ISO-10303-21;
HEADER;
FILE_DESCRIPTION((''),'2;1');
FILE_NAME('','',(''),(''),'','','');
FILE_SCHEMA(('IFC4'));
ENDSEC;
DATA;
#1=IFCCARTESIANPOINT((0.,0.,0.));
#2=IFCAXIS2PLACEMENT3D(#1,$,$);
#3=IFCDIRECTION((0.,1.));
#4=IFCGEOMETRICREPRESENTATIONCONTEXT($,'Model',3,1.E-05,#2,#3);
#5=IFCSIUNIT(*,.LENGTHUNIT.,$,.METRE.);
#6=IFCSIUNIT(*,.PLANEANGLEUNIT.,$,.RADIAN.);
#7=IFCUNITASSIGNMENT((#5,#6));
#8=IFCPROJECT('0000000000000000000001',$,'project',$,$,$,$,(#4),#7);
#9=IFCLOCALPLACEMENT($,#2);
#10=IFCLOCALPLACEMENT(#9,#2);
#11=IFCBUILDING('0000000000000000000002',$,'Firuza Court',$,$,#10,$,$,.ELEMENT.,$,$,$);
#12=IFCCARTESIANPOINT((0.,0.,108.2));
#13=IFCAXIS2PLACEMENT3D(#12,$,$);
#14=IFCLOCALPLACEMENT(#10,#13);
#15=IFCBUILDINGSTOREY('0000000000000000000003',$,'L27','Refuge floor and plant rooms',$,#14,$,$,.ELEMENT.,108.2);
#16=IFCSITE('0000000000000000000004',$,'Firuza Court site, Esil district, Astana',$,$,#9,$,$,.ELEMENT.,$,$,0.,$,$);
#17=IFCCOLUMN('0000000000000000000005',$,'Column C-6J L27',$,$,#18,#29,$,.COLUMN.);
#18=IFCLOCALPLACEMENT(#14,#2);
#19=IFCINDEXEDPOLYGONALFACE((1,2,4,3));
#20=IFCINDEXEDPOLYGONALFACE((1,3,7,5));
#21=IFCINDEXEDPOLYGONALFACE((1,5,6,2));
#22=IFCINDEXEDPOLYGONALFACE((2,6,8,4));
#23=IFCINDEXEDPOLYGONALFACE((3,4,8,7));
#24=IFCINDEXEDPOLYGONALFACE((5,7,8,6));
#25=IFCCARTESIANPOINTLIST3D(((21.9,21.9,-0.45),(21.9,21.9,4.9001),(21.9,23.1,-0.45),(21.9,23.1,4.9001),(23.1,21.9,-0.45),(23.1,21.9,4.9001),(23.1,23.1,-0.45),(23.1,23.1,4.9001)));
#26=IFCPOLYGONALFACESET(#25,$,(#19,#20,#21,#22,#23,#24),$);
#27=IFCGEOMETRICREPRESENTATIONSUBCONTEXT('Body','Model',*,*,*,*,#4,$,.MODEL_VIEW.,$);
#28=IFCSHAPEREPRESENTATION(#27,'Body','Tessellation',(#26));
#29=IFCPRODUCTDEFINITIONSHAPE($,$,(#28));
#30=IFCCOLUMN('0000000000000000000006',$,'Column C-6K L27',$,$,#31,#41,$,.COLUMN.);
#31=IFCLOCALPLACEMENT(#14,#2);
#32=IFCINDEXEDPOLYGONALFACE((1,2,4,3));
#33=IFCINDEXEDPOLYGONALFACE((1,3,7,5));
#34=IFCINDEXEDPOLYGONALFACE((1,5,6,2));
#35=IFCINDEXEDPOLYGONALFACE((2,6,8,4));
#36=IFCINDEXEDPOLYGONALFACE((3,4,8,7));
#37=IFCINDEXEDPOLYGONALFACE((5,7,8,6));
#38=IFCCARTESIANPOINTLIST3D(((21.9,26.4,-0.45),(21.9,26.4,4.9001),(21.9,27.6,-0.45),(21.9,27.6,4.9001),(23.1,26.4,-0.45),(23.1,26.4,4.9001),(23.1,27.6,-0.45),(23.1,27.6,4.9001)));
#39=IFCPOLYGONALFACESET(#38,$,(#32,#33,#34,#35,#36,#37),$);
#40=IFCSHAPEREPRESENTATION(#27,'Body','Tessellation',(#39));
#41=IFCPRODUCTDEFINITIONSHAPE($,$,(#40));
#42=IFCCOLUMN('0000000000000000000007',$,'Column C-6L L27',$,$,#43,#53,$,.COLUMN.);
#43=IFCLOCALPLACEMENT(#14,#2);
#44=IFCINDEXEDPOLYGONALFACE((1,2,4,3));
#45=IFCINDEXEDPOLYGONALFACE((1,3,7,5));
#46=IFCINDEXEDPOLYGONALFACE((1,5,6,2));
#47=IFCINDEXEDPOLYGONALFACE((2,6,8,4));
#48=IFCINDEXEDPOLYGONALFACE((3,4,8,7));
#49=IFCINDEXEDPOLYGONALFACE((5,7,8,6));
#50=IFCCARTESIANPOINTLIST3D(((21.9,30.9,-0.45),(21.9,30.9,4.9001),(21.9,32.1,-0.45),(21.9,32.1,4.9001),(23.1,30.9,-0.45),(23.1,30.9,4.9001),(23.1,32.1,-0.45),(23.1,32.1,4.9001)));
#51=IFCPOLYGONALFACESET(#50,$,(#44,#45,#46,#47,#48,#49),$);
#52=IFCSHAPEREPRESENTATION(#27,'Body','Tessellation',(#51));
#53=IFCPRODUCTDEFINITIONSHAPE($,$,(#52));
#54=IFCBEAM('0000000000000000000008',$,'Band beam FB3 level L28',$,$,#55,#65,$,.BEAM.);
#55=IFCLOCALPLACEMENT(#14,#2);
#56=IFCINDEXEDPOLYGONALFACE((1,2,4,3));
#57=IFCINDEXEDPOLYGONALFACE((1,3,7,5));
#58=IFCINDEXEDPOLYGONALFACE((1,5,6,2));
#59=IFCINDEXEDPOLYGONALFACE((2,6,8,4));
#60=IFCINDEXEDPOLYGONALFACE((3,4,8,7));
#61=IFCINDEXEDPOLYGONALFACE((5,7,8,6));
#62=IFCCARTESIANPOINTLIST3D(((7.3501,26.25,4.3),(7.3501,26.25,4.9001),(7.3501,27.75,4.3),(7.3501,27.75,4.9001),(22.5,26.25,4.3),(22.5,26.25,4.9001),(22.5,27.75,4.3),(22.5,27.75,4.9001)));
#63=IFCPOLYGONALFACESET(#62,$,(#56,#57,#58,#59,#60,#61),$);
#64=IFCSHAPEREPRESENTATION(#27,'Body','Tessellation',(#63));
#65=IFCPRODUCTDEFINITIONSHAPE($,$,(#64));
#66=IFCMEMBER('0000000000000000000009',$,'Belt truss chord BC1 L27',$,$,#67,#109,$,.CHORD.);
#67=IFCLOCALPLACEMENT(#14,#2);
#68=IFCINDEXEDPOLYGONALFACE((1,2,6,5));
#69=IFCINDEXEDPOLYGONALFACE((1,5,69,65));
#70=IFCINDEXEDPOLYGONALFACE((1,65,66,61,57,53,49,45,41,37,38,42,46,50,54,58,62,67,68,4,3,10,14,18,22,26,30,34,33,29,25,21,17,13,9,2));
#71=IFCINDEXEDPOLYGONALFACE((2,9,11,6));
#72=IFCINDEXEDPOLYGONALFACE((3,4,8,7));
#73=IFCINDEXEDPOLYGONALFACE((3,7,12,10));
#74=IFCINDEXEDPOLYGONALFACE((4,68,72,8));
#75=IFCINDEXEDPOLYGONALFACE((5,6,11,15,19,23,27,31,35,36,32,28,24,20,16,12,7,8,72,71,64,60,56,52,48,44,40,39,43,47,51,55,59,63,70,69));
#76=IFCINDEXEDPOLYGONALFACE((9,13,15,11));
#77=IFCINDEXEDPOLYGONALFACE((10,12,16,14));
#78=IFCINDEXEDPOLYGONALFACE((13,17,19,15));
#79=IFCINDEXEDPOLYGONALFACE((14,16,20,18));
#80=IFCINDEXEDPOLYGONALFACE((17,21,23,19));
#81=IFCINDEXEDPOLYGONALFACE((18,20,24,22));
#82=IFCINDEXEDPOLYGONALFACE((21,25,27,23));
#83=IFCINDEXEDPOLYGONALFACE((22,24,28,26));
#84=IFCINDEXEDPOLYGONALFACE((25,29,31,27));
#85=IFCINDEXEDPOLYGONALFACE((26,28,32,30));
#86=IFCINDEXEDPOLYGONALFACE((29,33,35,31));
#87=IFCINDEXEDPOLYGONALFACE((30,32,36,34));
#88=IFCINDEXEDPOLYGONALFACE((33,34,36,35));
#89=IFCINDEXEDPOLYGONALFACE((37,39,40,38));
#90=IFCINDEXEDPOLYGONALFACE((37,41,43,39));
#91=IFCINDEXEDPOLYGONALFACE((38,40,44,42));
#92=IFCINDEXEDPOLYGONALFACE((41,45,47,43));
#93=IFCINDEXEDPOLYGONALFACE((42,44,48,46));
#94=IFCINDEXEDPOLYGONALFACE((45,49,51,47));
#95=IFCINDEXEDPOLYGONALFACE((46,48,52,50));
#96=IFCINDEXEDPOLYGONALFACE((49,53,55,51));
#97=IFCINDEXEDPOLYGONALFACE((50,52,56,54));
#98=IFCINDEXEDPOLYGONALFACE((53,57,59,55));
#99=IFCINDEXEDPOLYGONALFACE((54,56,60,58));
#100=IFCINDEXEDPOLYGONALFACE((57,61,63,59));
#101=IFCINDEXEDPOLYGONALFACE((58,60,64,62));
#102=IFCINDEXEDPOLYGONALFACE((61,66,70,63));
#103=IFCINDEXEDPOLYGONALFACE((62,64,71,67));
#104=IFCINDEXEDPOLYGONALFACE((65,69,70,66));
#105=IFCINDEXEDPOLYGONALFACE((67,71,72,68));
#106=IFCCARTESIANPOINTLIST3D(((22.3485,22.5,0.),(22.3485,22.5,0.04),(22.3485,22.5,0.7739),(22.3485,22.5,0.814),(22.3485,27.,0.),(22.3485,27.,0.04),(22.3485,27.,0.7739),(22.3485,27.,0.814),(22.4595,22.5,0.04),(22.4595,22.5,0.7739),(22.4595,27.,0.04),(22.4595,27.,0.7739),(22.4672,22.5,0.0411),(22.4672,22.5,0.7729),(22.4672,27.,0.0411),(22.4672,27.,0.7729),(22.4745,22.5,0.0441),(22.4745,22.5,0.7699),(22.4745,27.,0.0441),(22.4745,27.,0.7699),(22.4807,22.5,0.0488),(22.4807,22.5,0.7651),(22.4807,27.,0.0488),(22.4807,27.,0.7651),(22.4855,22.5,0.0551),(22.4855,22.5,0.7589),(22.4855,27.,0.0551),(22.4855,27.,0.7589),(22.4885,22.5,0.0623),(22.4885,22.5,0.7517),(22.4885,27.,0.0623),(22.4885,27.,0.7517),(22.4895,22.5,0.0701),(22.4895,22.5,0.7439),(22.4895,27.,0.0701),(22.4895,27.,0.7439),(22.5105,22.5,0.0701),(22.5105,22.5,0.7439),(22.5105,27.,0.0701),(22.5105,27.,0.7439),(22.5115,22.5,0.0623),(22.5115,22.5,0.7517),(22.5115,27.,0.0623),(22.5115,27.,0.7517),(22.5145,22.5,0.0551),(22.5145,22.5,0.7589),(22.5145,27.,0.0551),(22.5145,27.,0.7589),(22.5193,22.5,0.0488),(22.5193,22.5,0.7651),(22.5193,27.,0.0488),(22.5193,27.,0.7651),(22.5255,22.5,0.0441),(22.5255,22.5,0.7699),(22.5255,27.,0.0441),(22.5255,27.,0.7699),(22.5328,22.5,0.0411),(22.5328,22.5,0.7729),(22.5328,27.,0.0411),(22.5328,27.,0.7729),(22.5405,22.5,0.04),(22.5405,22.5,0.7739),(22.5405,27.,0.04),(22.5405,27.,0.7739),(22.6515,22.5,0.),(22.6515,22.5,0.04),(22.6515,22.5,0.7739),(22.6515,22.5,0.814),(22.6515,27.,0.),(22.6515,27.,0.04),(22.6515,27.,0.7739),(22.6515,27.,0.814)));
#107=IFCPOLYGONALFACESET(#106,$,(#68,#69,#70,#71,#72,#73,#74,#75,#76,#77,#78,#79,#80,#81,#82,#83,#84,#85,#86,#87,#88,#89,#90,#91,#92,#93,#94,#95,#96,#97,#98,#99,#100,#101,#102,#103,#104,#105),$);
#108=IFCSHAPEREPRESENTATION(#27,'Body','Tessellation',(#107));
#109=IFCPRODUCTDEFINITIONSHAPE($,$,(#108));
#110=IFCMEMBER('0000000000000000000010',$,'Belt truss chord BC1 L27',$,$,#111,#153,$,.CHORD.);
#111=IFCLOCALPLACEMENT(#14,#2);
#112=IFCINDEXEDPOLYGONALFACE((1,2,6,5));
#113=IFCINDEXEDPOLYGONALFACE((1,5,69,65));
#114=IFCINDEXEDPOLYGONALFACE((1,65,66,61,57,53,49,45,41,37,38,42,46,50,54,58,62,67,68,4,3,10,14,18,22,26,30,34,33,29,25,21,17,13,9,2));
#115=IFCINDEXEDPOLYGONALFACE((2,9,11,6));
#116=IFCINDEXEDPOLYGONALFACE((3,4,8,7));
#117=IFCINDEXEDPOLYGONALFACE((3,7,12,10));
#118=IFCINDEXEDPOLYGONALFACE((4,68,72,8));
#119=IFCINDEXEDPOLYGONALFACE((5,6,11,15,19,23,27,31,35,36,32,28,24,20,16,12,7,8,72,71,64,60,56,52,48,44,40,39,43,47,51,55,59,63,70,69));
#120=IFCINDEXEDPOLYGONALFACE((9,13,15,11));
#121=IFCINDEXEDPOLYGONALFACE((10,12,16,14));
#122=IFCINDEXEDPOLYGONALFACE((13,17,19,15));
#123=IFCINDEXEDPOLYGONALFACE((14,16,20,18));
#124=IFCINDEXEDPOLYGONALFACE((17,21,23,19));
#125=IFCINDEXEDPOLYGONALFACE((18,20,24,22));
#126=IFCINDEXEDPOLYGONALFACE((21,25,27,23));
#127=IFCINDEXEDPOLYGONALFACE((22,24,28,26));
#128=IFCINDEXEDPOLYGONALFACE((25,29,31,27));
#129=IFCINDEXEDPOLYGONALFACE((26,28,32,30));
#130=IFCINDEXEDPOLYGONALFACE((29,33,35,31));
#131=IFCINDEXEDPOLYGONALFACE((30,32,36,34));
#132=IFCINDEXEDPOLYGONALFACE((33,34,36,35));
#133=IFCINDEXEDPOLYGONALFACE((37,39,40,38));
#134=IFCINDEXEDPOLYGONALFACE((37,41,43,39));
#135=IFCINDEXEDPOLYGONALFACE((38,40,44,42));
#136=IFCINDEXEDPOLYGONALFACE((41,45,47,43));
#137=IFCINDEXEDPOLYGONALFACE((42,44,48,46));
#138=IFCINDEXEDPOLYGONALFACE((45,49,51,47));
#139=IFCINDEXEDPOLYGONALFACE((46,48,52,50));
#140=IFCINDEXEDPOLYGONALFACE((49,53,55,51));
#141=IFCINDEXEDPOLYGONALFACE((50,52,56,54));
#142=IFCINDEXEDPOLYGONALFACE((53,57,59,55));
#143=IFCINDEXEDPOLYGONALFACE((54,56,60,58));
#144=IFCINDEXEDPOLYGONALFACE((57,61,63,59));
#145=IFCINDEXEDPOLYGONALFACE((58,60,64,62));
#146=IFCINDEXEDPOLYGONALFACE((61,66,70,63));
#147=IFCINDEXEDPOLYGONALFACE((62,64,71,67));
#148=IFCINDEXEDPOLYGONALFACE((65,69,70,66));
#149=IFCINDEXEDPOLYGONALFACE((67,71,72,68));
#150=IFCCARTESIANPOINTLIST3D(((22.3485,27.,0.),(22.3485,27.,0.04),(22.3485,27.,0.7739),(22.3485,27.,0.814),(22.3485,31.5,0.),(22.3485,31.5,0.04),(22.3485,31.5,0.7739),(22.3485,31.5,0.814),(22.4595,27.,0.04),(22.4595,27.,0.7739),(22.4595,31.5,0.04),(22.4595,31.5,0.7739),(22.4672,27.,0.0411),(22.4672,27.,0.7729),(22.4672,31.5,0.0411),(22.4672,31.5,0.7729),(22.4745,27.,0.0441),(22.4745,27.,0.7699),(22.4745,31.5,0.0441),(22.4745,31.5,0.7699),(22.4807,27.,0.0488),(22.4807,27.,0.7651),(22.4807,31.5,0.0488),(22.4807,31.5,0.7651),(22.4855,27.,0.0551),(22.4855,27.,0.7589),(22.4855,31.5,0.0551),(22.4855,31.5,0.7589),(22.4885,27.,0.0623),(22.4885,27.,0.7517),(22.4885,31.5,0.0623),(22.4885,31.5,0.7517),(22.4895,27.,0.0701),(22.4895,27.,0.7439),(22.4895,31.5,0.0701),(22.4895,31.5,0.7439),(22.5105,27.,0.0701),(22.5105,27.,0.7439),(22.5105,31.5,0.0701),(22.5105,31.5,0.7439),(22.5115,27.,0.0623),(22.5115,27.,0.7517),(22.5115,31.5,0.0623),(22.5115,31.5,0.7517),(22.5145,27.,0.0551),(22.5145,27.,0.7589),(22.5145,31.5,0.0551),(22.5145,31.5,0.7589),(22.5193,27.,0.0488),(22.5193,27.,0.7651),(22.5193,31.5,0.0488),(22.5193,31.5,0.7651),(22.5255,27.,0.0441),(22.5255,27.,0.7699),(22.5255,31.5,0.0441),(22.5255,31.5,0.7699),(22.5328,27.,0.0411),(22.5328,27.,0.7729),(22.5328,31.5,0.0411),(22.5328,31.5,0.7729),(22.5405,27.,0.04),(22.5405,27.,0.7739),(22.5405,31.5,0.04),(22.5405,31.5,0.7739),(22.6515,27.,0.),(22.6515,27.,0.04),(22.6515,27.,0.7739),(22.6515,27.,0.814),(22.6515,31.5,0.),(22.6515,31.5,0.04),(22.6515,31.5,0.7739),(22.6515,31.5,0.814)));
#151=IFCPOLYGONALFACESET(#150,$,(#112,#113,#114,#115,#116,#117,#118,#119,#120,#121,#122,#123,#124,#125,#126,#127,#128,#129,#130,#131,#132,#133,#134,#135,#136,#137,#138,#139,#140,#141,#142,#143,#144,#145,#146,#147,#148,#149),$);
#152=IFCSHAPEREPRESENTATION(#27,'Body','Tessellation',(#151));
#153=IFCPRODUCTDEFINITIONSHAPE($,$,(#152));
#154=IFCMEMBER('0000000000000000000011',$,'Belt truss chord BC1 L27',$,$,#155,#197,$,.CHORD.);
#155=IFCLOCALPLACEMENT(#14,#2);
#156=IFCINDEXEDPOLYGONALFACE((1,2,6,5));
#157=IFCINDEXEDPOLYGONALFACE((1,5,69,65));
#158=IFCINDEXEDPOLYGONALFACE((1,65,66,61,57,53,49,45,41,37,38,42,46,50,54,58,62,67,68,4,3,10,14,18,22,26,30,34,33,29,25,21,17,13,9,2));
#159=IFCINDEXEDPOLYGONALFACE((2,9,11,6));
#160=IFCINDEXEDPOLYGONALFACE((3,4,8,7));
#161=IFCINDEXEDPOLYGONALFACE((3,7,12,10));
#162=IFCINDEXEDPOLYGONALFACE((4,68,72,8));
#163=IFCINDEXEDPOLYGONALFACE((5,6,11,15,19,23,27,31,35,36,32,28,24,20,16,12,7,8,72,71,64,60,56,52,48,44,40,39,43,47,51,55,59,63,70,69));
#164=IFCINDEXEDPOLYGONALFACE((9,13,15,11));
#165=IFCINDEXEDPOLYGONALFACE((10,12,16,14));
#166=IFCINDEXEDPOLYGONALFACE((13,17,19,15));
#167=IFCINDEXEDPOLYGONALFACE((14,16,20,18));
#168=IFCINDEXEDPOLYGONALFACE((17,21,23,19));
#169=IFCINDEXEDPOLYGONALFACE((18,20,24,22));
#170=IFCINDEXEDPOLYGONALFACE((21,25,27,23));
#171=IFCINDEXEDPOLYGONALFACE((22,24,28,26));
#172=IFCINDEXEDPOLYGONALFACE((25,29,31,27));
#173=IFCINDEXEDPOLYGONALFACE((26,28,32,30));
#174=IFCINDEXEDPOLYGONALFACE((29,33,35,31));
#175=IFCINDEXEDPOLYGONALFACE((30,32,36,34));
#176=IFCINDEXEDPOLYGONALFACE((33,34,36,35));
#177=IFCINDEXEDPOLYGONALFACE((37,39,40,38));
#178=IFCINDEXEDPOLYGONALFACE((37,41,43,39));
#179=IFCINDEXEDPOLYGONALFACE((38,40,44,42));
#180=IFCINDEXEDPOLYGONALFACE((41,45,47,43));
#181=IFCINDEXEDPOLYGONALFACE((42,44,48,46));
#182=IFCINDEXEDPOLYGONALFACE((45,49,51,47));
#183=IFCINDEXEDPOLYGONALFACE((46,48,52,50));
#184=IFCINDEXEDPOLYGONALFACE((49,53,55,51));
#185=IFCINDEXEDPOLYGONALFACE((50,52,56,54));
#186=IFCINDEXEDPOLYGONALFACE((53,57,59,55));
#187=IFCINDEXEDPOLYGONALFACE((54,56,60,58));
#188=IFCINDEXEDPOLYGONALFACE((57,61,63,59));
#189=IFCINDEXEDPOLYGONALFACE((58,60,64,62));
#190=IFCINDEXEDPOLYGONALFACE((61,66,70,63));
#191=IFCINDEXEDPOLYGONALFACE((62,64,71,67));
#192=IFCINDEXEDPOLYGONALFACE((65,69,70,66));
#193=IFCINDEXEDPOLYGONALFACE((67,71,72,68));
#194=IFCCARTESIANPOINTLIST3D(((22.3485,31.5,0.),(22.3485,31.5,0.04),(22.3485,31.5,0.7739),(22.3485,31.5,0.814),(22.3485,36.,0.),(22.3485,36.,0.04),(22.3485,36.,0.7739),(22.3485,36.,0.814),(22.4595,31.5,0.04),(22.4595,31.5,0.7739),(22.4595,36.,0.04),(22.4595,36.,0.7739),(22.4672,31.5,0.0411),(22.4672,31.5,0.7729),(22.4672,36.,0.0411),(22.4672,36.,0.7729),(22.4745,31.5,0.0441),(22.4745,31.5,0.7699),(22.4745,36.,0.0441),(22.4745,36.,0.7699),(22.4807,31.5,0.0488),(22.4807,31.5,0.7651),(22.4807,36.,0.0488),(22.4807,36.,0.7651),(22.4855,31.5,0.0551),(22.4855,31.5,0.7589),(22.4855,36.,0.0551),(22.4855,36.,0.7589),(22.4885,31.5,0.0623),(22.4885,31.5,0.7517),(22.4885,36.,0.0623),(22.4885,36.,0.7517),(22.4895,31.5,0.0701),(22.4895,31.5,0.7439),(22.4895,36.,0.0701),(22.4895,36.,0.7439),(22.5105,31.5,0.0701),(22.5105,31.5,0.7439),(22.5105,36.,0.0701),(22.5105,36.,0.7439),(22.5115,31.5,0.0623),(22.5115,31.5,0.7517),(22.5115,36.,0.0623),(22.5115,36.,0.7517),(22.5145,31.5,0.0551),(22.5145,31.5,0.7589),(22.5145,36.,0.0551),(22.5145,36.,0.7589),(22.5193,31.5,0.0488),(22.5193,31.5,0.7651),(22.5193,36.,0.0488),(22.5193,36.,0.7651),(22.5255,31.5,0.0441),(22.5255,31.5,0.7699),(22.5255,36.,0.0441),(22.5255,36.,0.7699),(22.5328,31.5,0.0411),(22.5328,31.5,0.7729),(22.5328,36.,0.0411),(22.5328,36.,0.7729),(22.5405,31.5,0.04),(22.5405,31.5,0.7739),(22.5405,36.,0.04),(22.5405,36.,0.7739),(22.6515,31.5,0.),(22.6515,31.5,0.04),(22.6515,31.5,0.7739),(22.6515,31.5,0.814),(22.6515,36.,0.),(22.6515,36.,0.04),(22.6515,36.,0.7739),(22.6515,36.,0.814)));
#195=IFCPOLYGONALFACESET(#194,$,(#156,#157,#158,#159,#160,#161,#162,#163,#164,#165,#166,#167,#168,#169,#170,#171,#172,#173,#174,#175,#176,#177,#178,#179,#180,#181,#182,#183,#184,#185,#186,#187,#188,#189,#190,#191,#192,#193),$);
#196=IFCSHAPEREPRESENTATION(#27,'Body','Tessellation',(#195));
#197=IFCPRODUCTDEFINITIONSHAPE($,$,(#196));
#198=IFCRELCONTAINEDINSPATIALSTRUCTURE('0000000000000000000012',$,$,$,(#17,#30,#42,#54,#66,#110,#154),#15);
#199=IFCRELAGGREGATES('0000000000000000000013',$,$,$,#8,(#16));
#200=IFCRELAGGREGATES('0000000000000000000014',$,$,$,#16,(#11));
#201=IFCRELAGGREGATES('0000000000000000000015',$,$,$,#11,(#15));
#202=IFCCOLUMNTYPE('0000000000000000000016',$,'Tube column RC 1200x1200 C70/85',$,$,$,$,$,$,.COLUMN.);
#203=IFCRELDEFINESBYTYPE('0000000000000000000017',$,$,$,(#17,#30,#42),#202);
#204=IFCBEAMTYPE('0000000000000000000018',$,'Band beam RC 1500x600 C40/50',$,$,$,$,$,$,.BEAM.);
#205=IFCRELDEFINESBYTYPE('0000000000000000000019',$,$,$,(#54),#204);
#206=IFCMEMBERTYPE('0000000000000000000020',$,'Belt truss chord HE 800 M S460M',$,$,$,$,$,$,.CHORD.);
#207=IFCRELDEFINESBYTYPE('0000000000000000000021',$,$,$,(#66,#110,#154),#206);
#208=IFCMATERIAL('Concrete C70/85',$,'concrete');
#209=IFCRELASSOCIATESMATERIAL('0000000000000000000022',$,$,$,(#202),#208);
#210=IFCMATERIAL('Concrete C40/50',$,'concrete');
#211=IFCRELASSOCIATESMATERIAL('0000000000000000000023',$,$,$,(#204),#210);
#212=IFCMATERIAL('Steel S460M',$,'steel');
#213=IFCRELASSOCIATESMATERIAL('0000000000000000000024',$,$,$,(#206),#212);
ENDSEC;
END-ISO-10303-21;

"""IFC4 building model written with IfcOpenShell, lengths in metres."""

from ifc_helpers import new_model, si_unit, direction, frame, origin, origin_2d, place, context, subcontext, project, spatial, rectangle, i_section, extrude, material, material_profile, profile_set, type_object, element, save


model = new_model("IFC4")

# Units and contexts
model_context = context("Model", 3, precision=1e-05, world=origin(), true_north=direction((0.0, 1.0)))
body_context = subcontext(model_context, "Body", "Model", "MODEL_VIEW")
ifc_project = project(units=[si_unit("LENGTHUNIT", "METRE"), si_unit("PLANEANGLEUNIT", "RADIAN")], contexts=[model_context])

# Site, building, storey
site_placement = place(None, origin())
site = spatial("IfcSite", under=ifc_project, at=site_placement, Name="Firuza Court site, Esil district, Astana", CompositionType="ELEMENT", RefElevation=0.0)
building_placement = place(site_placement, origin())
building = spatial("IfcBuilding", under=site, at=building_placement, Name="Firuza Court", CompositionType="ELEMENT")
storey_placement = place(building_placement, frame((0.0, 0.0, 108.2)))
storey = spatial("IfcBuildingStorey", under=building, at=storey_placement, Name="L27", Description="Refuge floor and plant rooms", CompositionType="ELEMENT", Elevation=108.2)

# Columns
ifc_material_1 = material(Name="Concrete C70/85", Category="concrete")
ifc_material_profile_1 = material_profile(ifc_material_1, rectangle(XDim=1.2, YDim=1.2, at=origin_2d()), Name="RC 1200x1200")
ifc_profile_set_1 = profile_set([ifc_material_profile_1], Name="Concrete C70/85")
column_type = type_object("IfcColumnType", Name="Tube column RC 1200x1200 C70/85", PredefinedType="COLUMN", material=ifc_profile_set_1)
for number, where, z_axis, x_axis, name in (
    (1, (22.5, 22.5, -0.45), (0.0, 0.0, 1.0), (1.0, 0.0, 0.0), "Column C-6J L27"),
    (2, (22.5, 27.0, -0.45), (0.0, 0.0, 1.0), (1.0, 0.0, 0.0), "Column C-6K L27"),
    (3, (22.5, 31.5, -0.45), (0.0, 0.0, 1.0), (1.0, 0.0, 0.0), "Column C-6L L27"),
):
    element("IfcColumn", number, at=place(storey_placement, frame(where, z_axis=z_axis, x_axis=x_axis)), inside=storey, type_object=column_type, Name=name, PredefinedType="COLUMN", context=body_context, shape_type="SweptSolid", body=[
        extrude(rectangle(XDim=1.2, YDim=1.2, at=origin_2d()), origin(), (0.0, 0.0, 1.0), 5.3501),
    ])

# Beam
ifc_material_2 = material(Name="Concrete C40/50", Category="concrete")
ifc_material_profile_2 = material_profile(ifc_material_2, rectangle(XDim=1.5, YDim=0.6001, at=origin_2d()), Name="RC 1500x600")
ifc_profile_set_2 = profile_set([ifc_material_profile_2], Name="Concrete C40/50")
beam_type_1 = type_object("IfcBeamType", Name="Band beam RC 1500x600 C40/50", PredefinedType="BEAM", material=ifc_profile_set_2)
beam_placement = place(storey_placement, frame((22.5, 27.0, 4.6001), z_axis=(-1.0, 0.0, 0.0), x_axis=(0.0, -1.0, 0.0)))
element("IfcBeam", 4, at=beam_placement, inside=storey, type_object=beam_type_1, Name="Band beam FB3 level L28", PredefinedType="BEAM", context=body_context, shape_type="SweptSolid", body=[
    extrude(rectangle(XDim=1.5, YDim=0.6001, at=origin_2d()), origin(), (0.0, 0.0, 1.0), 15.1499),
])

# Members
ifc_material_3 = material(Name="Steel S460M", Category="steel")
ifc_material_profile_3 = material_profile(ifc_material_3, i_section(OverallWidth=0.303, OverallDepth=0.814, WebThickness=0.021, FlangeThickness=0.04, FilletRadius=0.03, at=origin_2d()), Name="HE 800 M")
ifc_profile_set_3 = profile_set([ifc_material_profile_3], Name="Steel S460M")
member_type_1 = type_object("IfcMemberType", Name="Belt truss chord HE 800 M S460M", PredefinedType="CHORD", material=ifc_profile_set_3)
for number, where, z_axis, x_axis, name in (
    (5, (22.5, 22.5, 0.407), (0.0, 1.0, 0.0), (-1.0, 0.0, 0.0), "Belt truss chord BC1 L27"),
    (6, (22.5, 27.0, 0.407), (0.0, 1.0, 0.0), (-1.0, 0.0, 0.0), "Belt truss chord BC1 L27"),
    (7, (22.5, 31.5, 0.407), (0.0, 1.0, 0.0), (-1.0, 0.0, 0.0), "Belt truss chord BC1 L27"),
):
    element("IfcMember", number, at=place(storey_placement, frame(where, z_axis=z_axis, x_axis=x_axis)), inside=storey, type_object=member_type_1, Name=name, PredefinedType="CHORD", context=body_context, shape_type="SweptSolid", body=[
        extrude(i_section(OverallWidth=0.303, OverallDepth=0.814, WebThickness=0.021, FlangeThickness=0.04, FilletRadius=0.03, at=origin_2d()), origin(), (0.0, 0.0, 1.0), 4.5),
    ])

save(model, "model.ifc")
